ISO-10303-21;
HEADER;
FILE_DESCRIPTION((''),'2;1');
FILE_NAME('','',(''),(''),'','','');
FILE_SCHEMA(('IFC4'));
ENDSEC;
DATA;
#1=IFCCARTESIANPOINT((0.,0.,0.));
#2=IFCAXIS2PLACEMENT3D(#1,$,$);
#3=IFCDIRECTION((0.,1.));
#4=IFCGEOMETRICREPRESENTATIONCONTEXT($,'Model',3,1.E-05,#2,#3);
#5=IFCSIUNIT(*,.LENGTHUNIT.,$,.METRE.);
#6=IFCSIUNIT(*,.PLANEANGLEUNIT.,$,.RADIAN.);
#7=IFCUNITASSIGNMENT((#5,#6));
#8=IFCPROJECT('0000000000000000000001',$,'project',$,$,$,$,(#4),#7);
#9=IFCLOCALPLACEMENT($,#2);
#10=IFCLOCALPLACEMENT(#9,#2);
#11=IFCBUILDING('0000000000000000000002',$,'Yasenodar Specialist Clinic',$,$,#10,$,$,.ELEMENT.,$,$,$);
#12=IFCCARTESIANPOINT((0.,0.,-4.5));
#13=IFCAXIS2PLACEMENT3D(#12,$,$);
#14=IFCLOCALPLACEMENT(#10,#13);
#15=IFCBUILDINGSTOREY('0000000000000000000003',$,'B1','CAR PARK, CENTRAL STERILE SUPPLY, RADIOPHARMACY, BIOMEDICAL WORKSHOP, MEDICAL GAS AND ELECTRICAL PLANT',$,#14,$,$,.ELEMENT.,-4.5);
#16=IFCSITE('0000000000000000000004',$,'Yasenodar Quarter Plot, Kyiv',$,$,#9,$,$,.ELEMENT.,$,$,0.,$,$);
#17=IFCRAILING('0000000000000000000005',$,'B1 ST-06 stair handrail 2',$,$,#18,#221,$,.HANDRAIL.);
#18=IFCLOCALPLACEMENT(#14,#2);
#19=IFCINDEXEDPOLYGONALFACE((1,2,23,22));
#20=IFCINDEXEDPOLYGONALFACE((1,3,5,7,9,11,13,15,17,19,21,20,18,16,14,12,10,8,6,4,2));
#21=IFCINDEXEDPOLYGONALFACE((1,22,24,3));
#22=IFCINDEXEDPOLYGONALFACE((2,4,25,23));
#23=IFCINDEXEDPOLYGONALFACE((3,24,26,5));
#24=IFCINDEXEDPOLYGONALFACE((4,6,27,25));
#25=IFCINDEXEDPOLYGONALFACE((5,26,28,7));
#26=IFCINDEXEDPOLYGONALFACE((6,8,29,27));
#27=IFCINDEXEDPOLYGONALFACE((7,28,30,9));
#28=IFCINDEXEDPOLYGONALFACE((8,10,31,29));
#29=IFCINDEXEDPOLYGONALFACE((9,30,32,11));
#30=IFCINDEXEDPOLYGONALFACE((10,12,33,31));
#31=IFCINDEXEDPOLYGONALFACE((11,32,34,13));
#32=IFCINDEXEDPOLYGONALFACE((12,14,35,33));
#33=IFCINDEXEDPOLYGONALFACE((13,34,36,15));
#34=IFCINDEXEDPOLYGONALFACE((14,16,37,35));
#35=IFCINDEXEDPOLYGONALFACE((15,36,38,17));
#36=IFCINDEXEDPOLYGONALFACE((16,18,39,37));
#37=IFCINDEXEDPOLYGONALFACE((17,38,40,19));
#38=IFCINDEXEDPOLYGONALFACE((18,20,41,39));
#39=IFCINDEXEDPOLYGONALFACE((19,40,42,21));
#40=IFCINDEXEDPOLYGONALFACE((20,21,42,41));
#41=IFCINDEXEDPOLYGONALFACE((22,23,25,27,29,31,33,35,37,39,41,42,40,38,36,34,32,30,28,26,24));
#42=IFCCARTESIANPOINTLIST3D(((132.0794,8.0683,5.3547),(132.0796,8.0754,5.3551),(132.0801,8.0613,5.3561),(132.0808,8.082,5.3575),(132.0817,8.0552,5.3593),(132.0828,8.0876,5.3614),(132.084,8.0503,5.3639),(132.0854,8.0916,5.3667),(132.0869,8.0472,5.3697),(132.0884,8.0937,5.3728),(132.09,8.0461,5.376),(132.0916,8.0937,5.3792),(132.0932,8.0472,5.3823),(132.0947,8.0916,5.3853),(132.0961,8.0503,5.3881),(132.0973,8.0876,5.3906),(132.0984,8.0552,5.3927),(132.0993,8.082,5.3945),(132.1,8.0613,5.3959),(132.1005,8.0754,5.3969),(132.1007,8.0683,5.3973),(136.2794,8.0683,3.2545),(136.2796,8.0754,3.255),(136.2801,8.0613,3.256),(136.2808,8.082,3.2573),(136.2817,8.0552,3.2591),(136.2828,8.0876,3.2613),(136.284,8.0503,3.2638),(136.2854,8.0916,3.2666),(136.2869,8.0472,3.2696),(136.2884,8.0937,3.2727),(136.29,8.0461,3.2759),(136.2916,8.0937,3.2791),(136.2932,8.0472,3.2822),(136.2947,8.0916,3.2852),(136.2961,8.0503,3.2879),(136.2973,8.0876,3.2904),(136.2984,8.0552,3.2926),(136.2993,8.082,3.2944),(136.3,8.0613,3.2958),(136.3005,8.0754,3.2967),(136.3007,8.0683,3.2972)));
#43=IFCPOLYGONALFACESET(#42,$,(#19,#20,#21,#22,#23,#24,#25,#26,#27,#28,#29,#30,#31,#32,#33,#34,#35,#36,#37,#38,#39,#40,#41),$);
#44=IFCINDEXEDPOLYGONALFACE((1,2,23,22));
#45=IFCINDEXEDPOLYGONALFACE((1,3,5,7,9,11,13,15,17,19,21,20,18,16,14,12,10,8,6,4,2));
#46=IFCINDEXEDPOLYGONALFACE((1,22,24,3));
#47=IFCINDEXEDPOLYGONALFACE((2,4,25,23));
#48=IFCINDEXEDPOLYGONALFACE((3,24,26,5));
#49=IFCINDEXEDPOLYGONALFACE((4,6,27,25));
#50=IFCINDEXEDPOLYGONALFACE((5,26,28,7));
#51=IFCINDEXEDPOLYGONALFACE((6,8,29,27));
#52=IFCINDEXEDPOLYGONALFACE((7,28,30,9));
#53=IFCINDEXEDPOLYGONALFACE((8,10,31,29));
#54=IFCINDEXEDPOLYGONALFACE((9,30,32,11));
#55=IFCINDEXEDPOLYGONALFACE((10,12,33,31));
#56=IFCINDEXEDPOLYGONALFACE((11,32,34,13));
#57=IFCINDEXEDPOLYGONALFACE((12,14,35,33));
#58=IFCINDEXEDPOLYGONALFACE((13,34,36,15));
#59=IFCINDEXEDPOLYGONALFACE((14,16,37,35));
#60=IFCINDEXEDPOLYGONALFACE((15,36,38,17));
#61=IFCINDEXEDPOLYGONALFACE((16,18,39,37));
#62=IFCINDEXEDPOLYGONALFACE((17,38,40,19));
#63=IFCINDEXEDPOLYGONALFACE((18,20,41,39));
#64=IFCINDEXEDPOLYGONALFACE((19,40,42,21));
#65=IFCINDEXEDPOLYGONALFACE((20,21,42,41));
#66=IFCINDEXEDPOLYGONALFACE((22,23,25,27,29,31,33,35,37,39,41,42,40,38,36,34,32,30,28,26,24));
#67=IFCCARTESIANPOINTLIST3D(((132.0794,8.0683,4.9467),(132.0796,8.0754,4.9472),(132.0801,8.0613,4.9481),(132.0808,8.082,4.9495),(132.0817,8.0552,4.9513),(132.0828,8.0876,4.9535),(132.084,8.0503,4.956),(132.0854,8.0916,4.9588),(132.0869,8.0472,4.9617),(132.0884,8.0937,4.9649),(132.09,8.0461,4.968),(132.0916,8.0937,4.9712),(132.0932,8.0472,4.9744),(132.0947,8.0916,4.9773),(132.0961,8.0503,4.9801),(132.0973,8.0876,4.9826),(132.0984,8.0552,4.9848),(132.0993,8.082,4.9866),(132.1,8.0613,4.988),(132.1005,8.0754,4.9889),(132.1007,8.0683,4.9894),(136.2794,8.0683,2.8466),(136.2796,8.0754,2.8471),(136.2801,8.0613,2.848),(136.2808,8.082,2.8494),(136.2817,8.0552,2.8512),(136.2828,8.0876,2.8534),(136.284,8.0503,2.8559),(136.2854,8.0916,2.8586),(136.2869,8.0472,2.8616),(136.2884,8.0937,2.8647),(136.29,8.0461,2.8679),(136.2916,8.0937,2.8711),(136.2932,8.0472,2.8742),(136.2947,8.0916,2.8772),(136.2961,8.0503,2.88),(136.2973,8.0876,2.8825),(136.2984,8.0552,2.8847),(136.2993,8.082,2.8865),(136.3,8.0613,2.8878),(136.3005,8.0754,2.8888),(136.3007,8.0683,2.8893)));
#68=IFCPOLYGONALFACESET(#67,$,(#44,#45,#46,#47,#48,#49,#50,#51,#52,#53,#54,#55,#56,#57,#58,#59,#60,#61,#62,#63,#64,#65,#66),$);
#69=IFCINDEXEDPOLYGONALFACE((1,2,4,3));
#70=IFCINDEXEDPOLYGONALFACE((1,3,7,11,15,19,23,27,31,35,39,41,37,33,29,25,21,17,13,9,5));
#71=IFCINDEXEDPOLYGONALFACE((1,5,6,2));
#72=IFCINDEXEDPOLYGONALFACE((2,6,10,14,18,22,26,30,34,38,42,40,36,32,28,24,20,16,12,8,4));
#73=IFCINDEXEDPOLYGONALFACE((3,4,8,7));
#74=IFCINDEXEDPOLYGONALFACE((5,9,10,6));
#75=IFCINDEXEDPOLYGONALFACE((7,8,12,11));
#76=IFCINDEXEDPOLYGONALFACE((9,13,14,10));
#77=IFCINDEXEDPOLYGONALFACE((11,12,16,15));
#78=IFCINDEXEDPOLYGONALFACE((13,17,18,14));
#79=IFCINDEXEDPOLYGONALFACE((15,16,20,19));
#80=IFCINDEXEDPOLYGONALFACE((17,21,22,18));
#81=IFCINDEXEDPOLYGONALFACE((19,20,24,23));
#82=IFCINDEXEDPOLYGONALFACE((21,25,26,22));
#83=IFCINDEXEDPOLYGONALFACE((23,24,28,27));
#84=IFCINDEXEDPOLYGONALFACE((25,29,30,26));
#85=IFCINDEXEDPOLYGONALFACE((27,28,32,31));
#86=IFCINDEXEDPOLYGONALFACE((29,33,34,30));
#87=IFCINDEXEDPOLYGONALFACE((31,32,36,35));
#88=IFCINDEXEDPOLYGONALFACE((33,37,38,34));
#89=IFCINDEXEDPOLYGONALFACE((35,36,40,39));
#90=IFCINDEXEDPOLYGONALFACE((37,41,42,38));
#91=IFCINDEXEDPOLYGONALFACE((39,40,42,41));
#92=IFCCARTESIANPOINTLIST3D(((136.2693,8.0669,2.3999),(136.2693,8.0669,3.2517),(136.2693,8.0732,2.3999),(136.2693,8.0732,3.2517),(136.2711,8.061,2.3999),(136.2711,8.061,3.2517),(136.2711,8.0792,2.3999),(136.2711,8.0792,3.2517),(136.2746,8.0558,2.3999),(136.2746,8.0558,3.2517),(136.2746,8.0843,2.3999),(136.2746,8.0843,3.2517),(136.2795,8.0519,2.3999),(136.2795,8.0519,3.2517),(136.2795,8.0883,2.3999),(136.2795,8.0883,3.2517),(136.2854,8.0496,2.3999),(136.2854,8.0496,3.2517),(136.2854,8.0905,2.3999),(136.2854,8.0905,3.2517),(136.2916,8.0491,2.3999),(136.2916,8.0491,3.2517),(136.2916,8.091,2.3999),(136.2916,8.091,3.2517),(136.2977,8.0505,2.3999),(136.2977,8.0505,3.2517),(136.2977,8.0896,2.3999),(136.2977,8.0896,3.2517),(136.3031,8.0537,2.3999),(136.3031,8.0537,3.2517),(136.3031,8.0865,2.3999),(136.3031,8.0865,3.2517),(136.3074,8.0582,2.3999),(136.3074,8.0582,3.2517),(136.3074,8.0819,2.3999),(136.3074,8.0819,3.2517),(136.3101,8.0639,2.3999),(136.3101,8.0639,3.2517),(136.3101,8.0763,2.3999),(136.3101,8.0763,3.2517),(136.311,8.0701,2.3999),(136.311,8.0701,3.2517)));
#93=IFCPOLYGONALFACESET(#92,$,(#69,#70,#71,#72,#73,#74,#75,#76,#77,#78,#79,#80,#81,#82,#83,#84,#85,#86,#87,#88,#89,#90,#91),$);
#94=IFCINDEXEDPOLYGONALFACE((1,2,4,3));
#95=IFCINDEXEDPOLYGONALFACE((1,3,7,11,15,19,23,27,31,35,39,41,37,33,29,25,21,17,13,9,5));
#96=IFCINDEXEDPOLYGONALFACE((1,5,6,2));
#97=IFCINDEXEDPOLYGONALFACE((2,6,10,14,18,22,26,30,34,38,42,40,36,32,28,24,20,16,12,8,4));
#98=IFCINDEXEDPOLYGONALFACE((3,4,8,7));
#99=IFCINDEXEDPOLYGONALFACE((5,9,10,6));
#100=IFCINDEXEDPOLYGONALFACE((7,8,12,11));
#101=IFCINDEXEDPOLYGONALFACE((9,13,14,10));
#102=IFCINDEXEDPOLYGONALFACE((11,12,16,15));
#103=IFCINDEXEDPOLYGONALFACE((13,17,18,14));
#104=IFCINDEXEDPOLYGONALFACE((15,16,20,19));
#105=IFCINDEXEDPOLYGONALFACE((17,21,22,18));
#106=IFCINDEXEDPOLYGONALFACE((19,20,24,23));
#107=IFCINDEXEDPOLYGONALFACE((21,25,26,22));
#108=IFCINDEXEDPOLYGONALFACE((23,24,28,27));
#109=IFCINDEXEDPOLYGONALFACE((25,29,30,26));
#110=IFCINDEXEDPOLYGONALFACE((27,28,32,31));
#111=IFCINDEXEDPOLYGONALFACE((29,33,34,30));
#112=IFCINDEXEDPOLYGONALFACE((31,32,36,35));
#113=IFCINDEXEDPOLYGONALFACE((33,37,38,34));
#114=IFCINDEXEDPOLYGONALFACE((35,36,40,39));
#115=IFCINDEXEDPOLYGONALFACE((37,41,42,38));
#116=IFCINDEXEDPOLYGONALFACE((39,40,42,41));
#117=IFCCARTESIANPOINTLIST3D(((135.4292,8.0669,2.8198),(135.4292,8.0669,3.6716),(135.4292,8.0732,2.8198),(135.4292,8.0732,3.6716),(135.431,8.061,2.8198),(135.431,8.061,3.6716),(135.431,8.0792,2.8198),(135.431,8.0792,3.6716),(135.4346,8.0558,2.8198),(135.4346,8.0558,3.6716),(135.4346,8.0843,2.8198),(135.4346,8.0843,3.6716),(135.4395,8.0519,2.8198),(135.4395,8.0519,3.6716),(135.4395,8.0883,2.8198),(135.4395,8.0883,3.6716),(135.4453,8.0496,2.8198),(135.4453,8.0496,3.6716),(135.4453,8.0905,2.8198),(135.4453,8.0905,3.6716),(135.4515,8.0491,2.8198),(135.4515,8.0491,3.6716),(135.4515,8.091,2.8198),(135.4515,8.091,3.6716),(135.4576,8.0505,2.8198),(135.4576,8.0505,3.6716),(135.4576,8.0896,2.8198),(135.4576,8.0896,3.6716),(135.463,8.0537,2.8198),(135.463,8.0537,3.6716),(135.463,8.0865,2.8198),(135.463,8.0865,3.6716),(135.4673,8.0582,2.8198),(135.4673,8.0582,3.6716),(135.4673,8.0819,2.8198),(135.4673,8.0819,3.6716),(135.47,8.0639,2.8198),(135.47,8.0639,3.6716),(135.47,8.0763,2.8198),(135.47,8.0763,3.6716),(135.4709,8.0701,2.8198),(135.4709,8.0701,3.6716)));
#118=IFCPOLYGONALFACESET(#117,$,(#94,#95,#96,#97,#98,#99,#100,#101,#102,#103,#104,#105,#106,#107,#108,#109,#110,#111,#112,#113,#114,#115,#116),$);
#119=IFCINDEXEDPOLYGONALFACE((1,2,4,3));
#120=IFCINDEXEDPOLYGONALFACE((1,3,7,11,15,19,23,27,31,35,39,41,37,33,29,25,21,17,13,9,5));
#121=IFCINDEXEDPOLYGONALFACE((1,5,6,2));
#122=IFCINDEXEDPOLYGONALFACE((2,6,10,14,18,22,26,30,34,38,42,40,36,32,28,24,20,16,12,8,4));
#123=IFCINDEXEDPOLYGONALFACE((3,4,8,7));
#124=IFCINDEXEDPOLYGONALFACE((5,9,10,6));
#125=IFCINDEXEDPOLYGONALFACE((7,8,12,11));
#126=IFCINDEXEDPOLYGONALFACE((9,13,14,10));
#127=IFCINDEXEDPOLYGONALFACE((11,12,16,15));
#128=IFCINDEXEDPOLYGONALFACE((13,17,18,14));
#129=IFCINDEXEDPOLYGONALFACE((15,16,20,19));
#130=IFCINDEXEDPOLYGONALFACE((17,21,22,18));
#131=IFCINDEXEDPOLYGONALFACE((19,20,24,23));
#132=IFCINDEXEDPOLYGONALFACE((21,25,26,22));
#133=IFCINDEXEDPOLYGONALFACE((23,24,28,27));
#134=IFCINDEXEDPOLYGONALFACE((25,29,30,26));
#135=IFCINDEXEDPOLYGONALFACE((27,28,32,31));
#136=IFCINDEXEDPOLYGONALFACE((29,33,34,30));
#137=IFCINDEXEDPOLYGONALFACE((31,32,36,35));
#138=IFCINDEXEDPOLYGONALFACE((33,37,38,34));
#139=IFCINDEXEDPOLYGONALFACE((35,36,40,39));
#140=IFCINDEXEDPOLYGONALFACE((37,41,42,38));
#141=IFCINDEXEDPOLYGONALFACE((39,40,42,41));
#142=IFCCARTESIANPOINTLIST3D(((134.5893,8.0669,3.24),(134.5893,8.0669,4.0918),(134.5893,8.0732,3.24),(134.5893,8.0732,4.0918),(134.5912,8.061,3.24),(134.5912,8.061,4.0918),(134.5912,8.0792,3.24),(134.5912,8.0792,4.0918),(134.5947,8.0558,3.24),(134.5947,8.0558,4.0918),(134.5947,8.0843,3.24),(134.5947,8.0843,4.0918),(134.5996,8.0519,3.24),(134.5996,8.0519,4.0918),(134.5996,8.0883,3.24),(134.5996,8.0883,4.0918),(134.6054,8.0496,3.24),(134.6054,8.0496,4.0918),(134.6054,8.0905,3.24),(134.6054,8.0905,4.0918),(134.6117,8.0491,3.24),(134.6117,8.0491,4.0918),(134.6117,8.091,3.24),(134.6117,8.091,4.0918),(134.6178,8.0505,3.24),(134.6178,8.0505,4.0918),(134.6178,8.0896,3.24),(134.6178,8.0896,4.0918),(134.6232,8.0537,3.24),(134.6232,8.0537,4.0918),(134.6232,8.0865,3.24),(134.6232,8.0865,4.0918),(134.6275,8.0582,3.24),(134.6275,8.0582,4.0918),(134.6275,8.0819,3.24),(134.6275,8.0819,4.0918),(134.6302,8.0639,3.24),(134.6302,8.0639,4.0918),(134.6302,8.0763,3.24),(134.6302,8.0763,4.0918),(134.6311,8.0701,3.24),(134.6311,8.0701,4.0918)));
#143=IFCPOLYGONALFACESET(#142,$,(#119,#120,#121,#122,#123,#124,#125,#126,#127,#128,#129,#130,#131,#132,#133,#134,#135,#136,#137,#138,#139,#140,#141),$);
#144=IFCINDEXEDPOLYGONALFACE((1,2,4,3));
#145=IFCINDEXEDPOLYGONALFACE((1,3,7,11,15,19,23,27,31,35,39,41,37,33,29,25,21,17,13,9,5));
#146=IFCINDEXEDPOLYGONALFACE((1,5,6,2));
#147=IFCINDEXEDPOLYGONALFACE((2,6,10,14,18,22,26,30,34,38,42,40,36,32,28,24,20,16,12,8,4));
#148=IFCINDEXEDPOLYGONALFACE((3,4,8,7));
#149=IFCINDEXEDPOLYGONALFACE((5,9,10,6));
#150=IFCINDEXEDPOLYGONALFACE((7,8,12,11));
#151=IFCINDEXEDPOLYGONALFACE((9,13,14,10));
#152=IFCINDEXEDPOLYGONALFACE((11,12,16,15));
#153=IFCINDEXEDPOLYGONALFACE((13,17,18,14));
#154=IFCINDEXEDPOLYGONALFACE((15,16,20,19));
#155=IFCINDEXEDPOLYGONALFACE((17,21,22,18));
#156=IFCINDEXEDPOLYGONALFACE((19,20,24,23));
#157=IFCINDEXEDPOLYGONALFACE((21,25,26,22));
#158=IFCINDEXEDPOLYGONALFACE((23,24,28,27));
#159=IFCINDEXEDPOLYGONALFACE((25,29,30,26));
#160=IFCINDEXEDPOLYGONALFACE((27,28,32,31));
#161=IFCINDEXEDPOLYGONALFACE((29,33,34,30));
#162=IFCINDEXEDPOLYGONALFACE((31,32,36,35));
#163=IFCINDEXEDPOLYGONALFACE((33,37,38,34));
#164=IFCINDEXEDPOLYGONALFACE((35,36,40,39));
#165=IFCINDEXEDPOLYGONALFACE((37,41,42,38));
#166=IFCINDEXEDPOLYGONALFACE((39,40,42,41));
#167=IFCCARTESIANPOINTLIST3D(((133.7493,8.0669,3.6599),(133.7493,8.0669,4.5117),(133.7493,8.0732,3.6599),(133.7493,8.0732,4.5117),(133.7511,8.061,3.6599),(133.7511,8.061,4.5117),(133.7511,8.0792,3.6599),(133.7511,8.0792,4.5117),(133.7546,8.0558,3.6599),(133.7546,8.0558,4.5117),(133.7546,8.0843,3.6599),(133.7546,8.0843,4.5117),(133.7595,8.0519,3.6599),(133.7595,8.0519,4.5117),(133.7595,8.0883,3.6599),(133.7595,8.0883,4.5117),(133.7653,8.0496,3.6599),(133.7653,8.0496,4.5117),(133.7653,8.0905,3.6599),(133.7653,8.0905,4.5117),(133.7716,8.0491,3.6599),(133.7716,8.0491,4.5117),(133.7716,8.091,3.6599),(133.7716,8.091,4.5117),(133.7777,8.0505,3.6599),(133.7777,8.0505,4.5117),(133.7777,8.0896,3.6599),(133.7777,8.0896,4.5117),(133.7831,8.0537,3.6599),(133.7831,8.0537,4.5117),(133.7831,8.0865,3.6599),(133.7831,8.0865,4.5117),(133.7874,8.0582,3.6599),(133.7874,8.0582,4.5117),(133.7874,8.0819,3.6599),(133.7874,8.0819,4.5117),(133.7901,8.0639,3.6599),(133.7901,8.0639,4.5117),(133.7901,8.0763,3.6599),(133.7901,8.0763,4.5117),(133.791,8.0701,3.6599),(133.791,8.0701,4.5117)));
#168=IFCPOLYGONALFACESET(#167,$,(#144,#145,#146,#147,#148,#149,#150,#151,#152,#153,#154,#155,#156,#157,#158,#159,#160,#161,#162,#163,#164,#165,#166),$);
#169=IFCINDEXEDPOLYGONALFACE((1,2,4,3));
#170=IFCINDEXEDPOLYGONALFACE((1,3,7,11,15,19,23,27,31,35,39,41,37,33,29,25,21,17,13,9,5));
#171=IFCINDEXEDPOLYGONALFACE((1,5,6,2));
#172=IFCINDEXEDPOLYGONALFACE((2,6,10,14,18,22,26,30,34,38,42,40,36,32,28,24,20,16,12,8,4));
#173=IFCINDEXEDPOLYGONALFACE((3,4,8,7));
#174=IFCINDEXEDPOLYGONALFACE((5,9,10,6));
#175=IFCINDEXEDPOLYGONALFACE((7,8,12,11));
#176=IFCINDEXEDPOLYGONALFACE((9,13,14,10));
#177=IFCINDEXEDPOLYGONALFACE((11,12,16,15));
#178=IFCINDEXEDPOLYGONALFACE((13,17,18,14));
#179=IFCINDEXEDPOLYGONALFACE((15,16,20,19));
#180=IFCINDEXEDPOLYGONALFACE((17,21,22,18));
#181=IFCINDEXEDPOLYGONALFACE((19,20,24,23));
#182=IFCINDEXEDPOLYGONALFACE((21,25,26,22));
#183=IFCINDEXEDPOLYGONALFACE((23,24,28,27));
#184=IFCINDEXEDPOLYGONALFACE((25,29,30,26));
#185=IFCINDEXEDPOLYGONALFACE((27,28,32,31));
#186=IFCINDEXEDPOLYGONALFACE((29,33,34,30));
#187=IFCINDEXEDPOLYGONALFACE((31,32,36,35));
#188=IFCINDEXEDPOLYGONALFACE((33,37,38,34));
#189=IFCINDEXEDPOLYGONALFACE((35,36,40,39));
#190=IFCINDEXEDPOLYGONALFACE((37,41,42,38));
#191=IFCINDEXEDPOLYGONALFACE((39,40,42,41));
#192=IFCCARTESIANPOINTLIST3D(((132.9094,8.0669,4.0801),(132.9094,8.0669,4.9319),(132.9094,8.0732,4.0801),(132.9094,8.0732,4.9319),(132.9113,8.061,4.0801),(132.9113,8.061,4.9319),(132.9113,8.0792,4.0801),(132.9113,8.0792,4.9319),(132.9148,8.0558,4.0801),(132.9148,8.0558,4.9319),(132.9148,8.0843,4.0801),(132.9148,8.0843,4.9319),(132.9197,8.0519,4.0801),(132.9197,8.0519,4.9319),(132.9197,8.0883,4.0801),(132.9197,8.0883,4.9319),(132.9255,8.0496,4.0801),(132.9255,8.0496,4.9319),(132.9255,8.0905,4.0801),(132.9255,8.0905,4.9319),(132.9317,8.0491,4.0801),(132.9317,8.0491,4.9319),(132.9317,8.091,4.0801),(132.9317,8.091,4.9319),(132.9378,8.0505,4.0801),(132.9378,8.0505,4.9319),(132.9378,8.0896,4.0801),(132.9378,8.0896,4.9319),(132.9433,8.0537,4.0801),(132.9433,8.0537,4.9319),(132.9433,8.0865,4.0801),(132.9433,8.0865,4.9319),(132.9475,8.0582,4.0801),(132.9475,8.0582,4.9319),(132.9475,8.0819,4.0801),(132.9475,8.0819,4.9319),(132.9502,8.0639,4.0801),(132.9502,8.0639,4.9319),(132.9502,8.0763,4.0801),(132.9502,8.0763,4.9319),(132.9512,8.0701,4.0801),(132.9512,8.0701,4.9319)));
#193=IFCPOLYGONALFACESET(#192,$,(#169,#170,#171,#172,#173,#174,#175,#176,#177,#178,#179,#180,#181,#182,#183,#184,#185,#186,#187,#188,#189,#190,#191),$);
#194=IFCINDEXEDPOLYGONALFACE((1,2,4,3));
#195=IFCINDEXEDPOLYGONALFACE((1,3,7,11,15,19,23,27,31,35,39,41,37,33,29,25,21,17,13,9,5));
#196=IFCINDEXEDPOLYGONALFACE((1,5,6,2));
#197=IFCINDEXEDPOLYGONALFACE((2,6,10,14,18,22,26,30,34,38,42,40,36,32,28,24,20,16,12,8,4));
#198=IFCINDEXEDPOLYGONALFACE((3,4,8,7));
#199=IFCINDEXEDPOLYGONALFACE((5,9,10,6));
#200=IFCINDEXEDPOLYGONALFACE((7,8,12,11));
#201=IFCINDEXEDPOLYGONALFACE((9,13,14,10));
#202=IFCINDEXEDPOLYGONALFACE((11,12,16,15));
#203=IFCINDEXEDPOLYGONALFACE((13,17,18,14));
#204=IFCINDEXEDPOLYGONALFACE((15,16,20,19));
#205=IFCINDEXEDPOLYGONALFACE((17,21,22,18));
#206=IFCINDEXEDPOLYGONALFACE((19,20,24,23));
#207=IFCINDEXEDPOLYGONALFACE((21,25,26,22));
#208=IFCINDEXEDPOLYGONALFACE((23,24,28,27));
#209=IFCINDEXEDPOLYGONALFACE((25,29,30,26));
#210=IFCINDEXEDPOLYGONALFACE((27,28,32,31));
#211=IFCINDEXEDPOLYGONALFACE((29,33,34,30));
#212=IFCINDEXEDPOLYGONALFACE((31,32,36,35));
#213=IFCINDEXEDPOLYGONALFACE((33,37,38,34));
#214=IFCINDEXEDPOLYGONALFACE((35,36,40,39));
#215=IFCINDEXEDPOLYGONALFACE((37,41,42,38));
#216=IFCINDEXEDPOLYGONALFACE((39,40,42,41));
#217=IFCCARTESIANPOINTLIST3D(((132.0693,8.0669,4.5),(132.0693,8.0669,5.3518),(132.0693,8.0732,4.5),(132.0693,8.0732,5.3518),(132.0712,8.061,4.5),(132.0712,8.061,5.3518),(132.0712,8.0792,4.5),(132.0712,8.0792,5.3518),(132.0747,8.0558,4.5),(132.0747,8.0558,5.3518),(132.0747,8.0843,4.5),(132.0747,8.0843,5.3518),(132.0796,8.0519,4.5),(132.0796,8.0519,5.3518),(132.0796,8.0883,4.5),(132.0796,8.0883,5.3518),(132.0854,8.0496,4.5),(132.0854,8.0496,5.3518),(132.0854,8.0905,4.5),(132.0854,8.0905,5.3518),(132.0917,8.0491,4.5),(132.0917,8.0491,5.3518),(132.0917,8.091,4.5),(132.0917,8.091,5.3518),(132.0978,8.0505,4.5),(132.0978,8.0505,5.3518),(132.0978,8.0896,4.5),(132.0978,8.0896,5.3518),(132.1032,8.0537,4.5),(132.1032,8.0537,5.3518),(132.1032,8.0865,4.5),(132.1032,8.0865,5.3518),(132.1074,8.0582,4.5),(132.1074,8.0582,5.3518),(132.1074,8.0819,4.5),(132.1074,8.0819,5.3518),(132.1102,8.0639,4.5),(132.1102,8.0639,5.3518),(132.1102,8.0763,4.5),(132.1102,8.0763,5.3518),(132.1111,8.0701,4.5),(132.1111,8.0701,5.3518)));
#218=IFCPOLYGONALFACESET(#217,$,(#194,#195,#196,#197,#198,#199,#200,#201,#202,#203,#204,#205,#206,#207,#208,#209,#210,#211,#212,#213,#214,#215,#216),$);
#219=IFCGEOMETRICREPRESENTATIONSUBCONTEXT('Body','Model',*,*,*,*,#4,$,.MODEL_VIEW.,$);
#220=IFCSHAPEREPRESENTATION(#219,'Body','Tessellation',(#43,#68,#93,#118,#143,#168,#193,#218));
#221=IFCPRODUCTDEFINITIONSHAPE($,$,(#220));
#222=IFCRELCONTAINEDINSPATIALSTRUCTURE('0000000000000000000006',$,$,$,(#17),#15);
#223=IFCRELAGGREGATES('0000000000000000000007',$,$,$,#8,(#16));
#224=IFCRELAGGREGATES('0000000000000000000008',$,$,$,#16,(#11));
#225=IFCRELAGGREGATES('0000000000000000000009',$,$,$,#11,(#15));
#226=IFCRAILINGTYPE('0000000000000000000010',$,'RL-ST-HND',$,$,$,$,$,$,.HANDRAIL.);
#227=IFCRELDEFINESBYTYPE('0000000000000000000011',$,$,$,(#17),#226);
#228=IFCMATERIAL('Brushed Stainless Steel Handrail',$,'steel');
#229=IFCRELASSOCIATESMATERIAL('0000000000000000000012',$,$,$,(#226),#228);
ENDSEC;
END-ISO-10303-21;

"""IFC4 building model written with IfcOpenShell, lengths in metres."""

from ifc_helpers import new_model, si_unit, direction, frame, origin, origin_2d, place, context, subcontext, project, spatial, circle, extrude, material, type_object, element, save


model = new_model("IFC4")

# Units and contexts
model_context = context("Model", 3, precision=1e-05, world=origin(), true_north=direction((0.0, 1.0)))
body_context = subcontext(model_context, "Body", "Model", "MODEL_VIEW")
ifc_project = project(units=[si_unit("LENGTHUNIT", "METRE"), si_unit("PLANEANGLEUNIT", "RADIAN")], contexts=[model_context])

# Site, building, storey
site_placement = place(None, origin())
site = spatial("IfcSite", under=ifc_project, at=site_placement, Name="Yasenodar Quarter Plot, Kyiv", CompositionType="ELEMENT", RefElevation=0.0)
building_placement = place(site_placement, origin())
building = spatial("IfcBuilding", under=site, at=building_placement, Name="Yasenodar Specialist Clinic", CompositionType="ELEMENT")
storey_placement = place(building_placement, frame((0.0, 0.0, -4.5)))
storey = spatial("IfcBuildingStorey", under=building, at=storey_placement, Name="B1", Description="CAR PARK, CENTRAL STERILE SUPPLY, RADIOPHARMACY, BIOMEDICAL WORKSHOP, MEDICAL GAS AND ELECTRICAL PLANT", CompositionType="ELEMENT", Elevation=-4.5)

# Railing
ifc_material_1 = material(Name="Brushed Stainless Steel Handrail", Category="steel")
railing_type_1 = type_object("IfcRailingType", Name="RL-ST-HND", PredefinedType="HANDRAIL", material=ifc_material_1)
railing_1_placement = place(storey_placement, frame((136.29, 8.0701, 2.3999)))
element("IfcRailing", 1, at=railing_1_placement, inside=storey, type_object=railing_type_1, Name="B1 ST-06 stair handrail 2", PredefinedType="HANDRAIL", context=body_context, shape_type="SweptSolid", body=[
    extrude(circle(Radius=0.0239, at=origin_2d()), frame((0.0, 0.0, 0.876), z_axis=(-0.894417, 0.0, 0.447234), x_axis=(0.0, -1.0, 0.0)), (0.0, 0.0, 1.0), 4.6958),
    extrude(circle(Radius=0.0239, at=origin_2d()), frame((0.0, 0.0, 0.468), z_axis=(-0.894417, 0.0, 0.447234), x_axis=(0.0, -1.0, 0.0)), (0.0, 0.0, 1.0), 4.6958),
    extrude(circle(Radius=0.021, at=origin_2d()), origin(), (0.0, 0.0, 1.0), 0.8518),
    extrude(circle(Radius=0.021, at=origin_2d()), frame((-0.8401, 0.0, 0.4199)), (0.0, 0.0, 1.0), 0.8518),
    extrude(circle(Radius=0.021, at=origin_2d()), frame((-1.6799, 0.0, 0.8401)), (0.0, 0.0, 1.0), 0.8518),
    extrude(circle(Radius=0.021, at=origin_2d()), frame((-2.52, 0.0, 1.26)), (0.0, 0.0, 1.0), 0.8518),
    extrude(circle(Radius=0.021, at=origin_2d()), frame((-3.3599, 0.0, 1.6802)), (0.0, 0.0, 1.0), 0.8518),
    extrude(circle(Radius=0.021, at=origin_2d()), frame((-4.2, 0.0, 2.1001)), (0.0, 0.0, 1.0), 0.8518),
])

save(model, "model.ifc")
